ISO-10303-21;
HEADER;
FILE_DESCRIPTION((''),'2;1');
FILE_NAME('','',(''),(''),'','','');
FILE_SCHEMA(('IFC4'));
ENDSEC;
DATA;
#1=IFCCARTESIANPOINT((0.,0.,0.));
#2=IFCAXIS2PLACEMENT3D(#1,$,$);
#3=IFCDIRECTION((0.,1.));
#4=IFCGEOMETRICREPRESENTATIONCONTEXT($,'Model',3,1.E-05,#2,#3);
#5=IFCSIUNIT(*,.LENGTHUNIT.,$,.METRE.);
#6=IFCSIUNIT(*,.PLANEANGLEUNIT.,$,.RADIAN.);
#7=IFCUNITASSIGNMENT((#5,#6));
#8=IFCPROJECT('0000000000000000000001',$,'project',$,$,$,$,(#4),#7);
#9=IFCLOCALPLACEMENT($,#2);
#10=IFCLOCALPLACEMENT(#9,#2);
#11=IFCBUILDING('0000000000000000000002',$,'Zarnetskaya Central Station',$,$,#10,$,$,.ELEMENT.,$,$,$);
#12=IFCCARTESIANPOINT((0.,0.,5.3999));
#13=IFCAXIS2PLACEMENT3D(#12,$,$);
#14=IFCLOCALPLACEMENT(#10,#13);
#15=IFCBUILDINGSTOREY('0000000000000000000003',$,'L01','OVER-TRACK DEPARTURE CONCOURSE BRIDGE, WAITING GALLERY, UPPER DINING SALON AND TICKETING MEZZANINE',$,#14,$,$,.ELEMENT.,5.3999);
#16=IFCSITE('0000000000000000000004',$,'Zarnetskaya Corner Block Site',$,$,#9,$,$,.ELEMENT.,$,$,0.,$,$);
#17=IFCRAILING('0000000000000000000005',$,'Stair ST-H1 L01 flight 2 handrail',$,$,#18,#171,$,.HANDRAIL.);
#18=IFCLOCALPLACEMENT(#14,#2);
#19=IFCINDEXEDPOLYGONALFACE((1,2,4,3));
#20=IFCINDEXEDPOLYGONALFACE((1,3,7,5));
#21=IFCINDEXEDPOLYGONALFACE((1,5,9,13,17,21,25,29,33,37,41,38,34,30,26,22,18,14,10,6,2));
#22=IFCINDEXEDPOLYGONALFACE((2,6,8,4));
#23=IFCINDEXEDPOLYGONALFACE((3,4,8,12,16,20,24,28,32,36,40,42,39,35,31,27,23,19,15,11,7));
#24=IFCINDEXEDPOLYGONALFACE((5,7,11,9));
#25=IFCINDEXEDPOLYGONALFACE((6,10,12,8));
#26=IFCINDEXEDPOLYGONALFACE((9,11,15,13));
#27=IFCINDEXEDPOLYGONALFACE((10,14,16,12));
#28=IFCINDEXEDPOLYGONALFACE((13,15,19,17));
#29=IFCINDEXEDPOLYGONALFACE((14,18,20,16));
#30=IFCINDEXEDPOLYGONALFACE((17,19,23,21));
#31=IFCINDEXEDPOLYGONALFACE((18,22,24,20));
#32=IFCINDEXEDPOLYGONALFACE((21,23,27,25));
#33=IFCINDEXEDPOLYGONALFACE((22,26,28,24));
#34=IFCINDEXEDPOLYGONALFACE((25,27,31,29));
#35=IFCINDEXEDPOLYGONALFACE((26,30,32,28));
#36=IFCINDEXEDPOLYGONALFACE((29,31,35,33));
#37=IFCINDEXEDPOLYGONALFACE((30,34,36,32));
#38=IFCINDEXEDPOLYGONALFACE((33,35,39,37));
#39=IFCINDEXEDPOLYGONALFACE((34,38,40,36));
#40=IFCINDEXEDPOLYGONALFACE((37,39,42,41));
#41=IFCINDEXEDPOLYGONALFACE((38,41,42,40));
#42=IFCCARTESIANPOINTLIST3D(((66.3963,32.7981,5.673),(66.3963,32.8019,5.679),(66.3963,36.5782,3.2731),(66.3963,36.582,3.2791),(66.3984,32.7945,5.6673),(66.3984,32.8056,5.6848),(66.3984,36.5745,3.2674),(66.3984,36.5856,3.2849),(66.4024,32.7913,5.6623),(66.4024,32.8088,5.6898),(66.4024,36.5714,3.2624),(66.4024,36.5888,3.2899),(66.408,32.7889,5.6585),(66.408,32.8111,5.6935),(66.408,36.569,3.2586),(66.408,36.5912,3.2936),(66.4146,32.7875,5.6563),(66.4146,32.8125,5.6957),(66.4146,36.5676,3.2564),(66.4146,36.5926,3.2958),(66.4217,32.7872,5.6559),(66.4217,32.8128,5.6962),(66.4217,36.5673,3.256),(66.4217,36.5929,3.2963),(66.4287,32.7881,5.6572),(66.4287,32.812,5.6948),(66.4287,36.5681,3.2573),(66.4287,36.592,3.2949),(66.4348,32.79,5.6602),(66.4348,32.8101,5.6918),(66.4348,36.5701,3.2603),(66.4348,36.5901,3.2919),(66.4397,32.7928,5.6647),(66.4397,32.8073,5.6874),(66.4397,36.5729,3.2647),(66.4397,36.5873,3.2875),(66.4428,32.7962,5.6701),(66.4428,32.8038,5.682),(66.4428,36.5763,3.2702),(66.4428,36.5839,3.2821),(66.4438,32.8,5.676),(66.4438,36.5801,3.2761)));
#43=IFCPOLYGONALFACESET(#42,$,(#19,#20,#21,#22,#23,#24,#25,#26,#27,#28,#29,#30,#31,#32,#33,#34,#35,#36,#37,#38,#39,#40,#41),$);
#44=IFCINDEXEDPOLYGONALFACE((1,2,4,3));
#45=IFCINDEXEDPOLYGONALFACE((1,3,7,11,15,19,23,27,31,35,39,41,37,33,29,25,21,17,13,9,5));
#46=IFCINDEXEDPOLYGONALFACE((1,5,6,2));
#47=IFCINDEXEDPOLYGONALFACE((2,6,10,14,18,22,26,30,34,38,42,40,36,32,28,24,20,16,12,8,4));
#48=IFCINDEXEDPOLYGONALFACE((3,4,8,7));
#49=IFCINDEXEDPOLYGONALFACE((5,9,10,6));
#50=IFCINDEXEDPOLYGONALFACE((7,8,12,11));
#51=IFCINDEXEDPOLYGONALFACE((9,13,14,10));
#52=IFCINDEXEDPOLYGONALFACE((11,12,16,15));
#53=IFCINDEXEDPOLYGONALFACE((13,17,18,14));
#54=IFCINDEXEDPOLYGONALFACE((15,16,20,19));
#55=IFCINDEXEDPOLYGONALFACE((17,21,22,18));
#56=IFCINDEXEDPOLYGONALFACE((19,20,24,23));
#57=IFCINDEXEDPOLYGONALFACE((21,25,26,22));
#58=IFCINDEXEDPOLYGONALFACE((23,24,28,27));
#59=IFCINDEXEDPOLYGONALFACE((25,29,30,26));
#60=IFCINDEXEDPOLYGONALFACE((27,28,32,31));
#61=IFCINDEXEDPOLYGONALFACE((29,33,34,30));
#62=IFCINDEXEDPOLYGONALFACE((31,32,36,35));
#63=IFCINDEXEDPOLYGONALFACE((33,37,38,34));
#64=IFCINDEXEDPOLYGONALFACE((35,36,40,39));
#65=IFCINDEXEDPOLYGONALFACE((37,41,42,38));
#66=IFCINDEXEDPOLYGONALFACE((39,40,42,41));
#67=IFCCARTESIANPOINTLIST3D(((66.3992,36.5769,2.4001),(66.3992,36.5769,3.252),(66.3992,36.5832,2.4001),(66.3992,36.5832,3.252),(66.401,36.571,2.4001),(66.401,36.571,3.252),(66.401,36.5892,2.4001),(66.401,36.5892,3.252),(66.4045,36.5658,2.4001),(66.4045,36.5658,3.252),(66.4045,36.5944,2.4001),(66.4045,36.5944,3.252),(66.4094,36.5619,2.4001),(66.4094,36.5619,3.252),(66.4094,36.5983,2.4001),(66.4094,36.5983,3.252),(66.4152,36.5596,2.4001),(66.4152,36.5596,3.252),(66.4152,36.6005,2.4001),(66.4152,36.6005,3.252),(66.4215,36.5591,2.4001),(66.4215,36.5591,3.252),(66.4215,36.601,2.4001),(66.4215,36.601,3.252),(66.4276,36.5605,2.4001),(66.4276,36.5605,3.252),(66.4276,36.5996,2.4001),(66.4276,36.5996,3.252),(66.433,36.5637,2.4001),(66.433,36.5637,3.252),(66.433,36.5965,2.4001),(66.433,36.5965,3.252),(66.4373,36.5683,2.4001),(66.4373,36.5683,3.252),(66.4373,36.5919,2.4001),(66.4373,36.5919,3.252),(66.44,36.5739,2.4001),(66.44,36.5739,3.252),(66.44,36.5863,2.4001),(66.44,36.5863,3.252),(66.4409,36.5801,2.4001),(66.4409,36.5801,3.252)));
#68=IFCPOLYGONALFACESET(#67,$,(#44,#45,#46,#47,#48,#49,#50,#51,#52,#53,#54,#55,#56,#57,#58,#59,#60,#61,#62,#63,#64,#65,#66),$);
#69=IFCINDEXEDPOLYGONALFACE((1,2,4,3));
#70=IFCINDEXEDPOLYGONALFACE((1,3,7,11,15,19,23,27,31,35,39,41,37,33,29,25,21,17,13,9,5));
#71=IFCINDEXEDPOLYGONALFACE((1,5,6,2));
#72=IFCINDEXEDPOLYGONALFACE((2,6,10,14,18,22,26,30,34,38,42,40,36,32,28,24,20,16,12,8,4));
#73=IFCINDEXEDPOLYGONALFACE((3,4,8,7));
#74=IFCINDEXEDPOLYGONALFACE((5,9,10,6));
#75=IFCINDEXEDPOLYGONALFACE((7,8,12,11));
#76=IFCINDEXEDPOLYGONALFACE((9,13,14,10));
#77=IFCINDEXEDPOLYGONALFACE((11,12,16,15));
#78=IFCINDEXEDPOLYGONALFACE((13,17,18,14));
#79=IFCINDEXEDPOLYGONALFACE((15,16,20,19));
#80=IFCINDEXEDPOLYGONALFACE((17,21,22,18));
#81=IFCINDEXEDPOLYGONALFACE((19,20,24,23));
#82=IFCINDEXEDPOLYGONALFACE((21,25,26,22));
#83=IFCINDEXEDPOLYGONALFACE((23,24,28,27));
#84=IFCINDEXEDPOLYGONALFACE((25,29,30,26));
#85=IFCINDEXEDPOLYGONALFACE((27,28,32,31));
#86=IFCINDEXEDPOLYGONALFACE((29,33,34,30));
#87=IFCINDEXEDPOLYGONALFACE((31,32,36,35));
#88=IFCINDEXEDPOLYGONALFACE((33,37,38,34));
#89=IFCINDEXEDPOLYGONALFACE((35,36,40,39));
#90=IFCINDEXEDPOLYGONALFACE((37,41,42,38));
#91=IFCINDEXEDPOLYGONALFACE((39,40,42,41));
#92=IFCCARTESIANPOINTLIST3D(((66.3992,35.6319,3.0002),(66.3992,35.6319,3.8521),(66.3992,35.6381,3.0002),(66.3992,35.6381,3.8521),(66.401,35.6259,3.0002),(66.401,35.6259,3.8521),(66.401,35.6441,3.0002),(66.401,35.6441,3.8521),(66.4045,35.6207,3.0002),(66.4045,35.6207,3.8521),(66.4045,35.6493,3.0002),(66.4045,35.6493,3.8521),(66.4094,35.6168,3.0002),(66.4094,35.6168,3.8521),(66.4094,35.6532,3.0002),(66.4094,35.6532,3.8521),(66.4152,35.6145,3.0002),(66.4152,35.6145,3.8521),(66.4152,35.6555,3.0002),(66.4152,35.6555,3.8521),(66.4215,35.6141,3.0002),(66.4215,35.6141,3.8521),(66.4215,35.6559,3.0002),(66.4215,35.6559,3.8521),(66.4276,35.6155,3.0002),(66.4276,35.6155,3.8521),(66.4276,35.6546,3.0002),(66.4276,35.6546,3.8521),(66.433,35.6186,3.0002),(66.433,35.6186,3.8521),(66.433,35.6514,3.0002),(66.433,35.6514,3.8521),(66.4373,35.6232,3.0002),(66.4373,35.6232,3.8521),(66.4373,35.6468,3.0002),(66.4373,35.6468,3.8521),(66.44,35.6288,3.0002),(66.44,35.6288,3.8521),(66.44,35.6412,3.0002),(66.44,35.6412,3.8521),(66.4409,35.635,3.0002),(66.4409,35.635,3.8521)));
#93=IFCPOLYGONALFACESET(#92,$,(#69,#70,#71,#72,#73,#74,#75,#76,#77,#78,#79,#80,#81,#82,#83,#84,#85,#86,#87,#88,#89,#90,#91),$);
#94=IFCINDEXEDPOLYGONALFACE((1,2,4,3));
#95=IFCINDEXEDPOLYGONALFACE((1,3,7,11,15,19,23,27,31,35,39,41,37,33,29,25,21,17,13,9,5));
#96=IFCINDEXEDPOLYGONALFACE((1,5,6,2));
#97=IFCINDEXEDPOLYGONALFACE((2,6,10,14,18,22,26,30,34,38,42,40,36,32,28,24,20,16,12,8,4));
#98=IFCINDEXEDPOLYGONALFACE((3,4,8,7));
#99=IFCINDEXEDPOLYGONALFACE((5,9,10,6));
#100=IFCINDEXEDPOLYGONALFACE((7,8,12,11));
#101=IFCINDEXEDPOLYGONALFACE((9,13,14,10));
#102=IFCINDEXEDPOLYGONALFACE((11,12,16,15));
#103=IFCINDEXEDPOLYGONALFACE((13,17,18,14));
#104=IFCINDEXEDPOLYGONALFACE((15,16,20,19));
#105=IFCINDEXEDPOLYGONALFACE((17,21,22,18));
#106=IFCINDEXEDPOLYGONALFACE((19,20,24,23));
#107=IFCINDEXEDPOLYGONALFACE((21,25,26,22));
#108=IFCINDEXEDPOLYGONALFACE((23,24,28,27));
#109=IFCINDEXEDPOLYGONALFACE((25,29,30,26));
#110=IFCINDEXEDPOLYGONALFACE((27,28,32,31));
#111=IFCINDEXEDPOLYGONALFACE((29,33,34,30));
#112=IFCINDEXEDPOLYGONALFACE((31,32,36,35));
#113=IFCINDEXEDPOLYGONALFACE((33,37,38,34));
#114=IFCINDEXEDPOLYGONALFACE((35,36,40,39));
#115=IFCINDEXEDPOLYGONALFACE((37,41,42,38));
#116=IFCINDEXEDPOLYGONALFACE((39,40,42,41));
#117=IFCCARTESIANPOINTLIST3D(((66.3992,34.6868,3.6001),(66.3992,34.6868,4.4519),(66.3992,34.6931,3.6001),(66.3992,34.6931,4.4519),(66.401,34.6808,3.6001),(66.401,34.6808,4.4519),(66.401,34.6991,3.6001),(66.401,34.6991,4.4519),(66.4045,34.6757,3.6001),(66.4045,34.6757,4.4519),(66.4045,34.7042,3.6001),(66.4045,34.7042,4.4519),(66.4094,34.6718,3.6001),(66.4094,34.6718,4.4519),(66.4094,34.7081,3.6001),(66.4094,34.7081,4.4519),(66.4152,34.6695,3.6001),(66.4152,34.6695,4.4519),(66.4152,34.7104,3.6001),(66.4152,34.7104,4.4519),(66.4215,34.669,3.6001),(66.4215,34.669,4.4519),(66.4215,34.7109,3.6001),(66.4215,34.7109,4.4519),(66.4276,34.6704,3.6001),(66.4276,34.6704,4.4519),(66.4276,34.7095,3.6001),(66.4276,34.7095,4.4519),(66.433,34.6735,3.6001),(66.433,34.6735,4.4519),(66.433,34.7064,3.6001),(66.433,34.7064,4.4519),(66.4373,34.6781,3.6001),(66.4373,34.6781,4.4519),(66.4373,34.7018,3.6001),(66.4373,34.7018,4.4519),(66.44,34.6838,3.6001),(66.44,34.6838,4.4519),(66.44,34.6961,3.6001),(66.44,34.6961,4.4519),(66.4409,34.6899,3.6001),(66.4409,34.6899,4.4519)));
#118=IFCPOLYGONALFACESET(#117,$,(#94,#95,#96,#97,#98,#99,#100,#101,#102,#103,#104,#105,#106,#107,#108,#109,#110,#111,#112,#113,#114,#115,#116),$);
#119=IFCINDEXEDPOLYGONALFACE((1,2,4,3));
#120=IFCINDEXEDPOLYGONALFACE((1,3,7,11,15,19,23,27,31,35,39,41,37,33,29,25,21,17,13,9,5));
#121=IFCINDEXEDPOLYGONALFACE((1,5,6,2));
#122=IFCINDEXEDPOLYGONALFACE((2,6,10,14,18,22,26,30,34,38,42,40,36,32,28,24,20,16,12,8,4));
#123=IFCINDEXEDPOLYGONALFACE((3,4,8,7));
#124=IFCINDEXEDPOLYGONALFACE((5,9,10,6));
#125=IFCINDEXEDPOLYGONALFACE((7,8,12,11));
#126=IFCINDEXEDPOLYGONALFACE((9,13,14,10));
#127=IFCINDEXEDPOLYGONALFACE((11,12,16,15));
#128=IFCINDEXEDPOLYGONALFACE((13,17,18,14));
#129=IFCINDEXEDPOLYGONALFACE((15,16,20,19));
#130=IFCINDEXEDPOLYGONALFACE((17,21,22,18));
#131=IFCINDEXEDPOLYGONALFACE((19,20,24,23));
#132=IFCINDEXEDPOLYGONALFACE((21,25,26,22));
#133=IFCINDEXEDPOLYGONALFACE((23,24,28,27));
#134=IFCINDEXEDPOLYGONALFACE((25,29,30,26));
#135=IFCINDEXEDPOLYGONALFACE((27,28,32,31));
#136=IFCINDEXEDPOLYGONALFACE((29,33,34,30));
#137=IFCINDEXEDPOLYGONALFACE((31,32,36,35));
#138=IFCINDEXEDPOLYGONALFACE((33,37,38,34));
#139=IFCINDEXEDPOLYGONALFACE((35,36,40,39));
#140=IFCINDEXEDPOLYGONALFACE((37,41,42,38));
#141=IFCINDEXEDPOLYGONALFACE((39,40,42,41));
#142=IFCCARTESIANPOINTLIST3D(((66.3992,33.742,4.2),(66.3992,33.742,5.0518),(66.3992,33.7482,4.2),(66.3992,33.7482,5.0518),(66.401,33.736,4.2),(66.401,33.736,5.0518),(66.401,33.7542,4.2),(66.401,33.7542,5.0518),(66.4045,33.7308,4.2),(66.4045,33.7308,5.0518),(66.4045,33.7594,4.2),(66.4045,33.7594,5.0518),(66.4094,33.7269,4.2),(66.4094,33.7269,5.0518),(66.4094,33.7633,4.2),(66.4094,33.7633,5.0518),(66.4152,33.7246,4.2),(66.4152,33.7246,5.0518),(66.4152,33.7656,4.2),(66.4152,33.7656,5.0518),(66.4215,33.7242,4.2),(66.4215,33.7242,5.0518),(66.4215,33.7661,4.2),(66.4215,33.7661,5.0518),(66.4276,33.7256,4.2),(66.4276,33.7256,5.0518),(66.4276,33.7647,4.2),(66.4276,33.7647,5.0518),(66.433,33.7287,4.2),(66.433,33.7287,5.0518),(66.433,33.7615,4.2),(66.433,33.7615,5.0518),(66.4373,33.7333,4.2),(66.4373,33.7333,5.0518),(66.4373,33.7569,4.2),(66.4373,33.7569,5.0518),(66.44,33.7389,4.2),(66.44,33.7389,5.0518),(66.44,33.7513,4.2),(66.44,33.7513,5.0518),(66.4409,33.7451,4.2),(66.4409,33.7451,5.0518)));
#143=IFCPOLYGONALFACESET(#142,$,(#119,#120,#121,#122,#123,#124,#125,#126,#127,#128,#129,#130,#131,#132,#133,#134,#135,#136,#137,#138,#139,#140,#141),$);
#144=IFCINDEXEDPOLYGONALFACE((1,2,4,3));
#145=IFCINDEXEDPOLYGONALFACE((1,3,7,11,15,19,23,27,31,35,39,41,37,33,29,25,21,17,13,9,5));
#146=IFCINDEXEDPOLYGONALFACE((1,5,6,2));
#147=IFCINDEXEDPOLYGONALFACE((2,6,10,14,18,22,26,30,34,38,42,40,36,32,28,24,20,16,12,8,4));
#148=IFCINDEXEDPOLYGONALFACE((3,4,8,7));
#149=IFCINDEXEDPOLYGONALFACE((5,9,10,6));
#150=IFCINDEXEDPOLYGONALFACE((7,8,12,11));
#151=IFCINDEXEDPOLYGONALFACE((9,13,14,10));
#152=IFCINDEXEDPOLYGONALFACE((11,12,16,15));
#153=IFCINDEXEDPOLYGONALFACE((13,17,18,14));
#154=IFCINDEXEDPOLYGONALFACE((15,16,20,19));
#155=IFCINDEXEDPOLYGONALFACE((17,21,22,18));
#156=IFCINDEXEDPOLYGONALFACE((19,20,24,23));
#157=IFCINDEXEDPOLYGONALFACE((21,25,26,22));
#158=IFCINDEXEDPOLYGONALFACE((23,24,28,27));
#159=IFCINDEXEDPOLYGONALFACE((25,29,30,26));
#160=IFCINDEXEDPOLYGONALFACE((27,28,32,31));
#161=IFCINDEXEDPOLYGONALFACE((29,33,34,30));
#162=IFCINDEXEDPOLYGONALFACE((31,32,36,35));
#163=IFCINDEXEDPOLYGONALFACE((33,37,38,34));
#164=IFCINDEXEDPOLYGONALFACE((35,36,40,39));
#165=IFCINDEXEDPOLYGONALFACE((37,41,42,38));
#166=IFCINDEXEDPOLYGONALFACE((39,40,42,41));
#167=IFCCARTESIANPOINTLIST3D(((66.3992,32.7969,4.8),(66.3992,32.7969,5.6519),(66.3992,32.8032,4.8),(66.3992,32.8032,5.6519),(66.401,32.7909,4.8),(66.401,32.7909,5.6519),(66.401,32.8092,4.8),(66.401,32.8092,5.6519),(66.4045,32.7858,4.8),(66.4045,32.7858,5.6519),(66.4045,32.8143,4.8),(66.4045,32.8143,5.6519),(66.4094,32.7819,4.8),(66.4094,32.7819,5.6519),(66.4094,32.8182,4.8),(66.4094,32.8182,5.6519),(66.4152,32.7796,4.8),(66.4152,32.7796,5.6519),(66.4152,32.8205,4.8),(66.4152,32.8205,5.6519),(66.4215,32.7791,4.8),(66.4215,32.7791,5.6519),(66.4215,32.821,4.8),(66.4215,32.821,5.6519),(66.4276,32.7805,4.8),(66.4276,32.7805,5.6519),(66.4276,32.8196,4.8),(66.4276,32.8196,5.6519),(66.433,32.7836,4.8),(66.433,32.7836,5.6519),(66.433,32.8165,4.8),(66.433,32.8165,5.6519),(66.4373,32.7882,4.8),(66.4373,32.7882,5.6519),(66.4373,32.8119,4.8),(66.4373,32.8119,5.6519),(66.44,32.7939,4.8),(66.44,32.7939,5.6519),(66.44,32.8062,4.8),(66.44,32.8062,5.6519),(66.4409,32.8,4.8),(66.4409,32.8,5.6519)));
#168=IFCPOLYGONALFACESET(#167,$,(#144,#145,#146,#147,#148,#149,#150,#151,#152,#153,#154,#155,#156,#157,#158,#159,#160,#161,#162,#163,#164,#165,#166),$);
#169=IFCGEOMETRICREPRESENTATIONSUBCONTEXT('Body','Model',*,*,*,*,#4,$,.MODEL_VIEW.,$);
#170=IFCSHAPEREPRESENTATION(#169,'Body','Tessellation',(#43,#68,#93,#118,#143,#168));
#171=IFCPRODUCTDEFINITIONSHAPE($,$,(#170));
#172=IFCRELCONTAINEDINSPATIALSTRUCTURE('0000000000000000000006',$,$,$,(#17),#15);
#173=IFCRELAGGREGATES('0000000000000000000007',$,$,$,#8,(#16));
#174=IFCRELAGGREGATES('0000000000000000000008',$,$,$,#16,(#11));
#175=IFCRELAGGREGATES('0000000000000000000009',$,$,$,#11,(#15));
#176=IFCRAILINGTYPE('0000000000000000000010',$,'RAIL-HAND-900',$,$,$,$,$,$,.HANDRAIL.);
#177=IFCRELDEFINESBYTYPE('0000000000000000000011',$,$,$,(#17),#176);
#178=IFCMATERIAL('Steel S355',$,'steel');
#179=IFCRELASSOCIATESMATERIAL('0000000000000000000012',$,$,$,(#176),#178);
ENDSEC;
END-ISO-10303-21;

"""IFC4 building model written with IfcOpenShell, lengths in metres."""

from ifc_helpers import new_model, si_unit, direction, frame, origin, origin_2d, place, context, subcontext, project, spatial, circle, extrude, material, type_object, element, save


model = new_model("IFC4")

# Units and contexts
model_context = context("Model", 3, precision=1e-05, world=origin(), true_north=direction((0.0, 1.0)))
body_context = subcontext(model_context, "Body", "Model", "MODEL_VIEW")
ifc_project = project(units=[si_unit("LENGTHUNIT", "METRE"), si_unit("PLANEANGLEUNIT", "RADIAN")], contexts=[model_context])

# Site, building, storey
site_placement = place(None, origin())
site = spatial("IfcSite", under=ifc_project, at=site_placement, Name="Zarnetskaya Corner Block Site", CompositionType="ELEMENT", RefElevation=0.0)
building_placement = place(site_placement, origin())
building = spatial("IfcBuilding", under=site, at=building_placement, Name="Zarnetskaya Central Station", CompositionType="ELEMENT")
storey_placement = place(building_placement, frame((0.0, 0.0, 5.3999)))
storey = spatial("IfcBuildingStorey", under=building, at=storey_placement, Name="L01", Description="OVER-TRACK DEPARTURE CONCOURSE BRIDGE, WAITING GALLERY, UPPER DINING SALON AND TICKETING MEZZANINE", CompositionType="ELEMENT", Elevation=5.3999)

# Shared definitions
ifc_material_1 = material(Name="Steel S355", Category="steel")

# Railing
railing_type_1 = type_object("IfcRailingType", Name="RAIL-HAND-900", PredefinedType="HANDRAIL", material=ifc_material_1)
railing_1_placement = place(storey_placement, frame((66.4199, 36.5801, 2.4001)))
element("IfcRailing", 1, at=railing_1_placement, inside=storey, type_object=railing_type_1, Name="Stair ST-H1 L01 flight 2 handrail", PredefinedType="HANDRAIL", context=body_context, shape_type="SweptSolid", body=[
    extrude(circle(Radius=0.0239, at=origin_2d()), frame((0.0, 0.0, 0.876), z_axis=(0.0, -0.844225, 0.53599), x_axis=(1.0, 0.0, 0.0)), (0.0, 0.0, 1.0), 4.4775),
    extrude(circle(Radius=0.021, at=origin_2d()), origin(), (0.0, 0.0, 1.0), 0.8518),
    extrude(circle(Radius=0.021, at=origin_2d()), frame((0.0, -0.9451, 0.6001)), (0.0, 0.0, 1.0), 0.8518),
    extrude(circle(Radius=0.021, at=origin_2d()), frame((0.0, -1.8901, 1.2)), (0.0, 0.0, 1.0), 0.8518),
    extrude(circle(Radius=0.021, at=origin_2d()), frame((0.0, -2.835, 1.7998)), (0.0, 0.0, 1.0), 0.8518),
    extrude(circle(Radius=0.021, at=origin_2d()), frame((0.0, -3.78, 2.3999)), (0.0, 0.0, 1.0), 0.8518),
])

save(model, "model.ifc")
